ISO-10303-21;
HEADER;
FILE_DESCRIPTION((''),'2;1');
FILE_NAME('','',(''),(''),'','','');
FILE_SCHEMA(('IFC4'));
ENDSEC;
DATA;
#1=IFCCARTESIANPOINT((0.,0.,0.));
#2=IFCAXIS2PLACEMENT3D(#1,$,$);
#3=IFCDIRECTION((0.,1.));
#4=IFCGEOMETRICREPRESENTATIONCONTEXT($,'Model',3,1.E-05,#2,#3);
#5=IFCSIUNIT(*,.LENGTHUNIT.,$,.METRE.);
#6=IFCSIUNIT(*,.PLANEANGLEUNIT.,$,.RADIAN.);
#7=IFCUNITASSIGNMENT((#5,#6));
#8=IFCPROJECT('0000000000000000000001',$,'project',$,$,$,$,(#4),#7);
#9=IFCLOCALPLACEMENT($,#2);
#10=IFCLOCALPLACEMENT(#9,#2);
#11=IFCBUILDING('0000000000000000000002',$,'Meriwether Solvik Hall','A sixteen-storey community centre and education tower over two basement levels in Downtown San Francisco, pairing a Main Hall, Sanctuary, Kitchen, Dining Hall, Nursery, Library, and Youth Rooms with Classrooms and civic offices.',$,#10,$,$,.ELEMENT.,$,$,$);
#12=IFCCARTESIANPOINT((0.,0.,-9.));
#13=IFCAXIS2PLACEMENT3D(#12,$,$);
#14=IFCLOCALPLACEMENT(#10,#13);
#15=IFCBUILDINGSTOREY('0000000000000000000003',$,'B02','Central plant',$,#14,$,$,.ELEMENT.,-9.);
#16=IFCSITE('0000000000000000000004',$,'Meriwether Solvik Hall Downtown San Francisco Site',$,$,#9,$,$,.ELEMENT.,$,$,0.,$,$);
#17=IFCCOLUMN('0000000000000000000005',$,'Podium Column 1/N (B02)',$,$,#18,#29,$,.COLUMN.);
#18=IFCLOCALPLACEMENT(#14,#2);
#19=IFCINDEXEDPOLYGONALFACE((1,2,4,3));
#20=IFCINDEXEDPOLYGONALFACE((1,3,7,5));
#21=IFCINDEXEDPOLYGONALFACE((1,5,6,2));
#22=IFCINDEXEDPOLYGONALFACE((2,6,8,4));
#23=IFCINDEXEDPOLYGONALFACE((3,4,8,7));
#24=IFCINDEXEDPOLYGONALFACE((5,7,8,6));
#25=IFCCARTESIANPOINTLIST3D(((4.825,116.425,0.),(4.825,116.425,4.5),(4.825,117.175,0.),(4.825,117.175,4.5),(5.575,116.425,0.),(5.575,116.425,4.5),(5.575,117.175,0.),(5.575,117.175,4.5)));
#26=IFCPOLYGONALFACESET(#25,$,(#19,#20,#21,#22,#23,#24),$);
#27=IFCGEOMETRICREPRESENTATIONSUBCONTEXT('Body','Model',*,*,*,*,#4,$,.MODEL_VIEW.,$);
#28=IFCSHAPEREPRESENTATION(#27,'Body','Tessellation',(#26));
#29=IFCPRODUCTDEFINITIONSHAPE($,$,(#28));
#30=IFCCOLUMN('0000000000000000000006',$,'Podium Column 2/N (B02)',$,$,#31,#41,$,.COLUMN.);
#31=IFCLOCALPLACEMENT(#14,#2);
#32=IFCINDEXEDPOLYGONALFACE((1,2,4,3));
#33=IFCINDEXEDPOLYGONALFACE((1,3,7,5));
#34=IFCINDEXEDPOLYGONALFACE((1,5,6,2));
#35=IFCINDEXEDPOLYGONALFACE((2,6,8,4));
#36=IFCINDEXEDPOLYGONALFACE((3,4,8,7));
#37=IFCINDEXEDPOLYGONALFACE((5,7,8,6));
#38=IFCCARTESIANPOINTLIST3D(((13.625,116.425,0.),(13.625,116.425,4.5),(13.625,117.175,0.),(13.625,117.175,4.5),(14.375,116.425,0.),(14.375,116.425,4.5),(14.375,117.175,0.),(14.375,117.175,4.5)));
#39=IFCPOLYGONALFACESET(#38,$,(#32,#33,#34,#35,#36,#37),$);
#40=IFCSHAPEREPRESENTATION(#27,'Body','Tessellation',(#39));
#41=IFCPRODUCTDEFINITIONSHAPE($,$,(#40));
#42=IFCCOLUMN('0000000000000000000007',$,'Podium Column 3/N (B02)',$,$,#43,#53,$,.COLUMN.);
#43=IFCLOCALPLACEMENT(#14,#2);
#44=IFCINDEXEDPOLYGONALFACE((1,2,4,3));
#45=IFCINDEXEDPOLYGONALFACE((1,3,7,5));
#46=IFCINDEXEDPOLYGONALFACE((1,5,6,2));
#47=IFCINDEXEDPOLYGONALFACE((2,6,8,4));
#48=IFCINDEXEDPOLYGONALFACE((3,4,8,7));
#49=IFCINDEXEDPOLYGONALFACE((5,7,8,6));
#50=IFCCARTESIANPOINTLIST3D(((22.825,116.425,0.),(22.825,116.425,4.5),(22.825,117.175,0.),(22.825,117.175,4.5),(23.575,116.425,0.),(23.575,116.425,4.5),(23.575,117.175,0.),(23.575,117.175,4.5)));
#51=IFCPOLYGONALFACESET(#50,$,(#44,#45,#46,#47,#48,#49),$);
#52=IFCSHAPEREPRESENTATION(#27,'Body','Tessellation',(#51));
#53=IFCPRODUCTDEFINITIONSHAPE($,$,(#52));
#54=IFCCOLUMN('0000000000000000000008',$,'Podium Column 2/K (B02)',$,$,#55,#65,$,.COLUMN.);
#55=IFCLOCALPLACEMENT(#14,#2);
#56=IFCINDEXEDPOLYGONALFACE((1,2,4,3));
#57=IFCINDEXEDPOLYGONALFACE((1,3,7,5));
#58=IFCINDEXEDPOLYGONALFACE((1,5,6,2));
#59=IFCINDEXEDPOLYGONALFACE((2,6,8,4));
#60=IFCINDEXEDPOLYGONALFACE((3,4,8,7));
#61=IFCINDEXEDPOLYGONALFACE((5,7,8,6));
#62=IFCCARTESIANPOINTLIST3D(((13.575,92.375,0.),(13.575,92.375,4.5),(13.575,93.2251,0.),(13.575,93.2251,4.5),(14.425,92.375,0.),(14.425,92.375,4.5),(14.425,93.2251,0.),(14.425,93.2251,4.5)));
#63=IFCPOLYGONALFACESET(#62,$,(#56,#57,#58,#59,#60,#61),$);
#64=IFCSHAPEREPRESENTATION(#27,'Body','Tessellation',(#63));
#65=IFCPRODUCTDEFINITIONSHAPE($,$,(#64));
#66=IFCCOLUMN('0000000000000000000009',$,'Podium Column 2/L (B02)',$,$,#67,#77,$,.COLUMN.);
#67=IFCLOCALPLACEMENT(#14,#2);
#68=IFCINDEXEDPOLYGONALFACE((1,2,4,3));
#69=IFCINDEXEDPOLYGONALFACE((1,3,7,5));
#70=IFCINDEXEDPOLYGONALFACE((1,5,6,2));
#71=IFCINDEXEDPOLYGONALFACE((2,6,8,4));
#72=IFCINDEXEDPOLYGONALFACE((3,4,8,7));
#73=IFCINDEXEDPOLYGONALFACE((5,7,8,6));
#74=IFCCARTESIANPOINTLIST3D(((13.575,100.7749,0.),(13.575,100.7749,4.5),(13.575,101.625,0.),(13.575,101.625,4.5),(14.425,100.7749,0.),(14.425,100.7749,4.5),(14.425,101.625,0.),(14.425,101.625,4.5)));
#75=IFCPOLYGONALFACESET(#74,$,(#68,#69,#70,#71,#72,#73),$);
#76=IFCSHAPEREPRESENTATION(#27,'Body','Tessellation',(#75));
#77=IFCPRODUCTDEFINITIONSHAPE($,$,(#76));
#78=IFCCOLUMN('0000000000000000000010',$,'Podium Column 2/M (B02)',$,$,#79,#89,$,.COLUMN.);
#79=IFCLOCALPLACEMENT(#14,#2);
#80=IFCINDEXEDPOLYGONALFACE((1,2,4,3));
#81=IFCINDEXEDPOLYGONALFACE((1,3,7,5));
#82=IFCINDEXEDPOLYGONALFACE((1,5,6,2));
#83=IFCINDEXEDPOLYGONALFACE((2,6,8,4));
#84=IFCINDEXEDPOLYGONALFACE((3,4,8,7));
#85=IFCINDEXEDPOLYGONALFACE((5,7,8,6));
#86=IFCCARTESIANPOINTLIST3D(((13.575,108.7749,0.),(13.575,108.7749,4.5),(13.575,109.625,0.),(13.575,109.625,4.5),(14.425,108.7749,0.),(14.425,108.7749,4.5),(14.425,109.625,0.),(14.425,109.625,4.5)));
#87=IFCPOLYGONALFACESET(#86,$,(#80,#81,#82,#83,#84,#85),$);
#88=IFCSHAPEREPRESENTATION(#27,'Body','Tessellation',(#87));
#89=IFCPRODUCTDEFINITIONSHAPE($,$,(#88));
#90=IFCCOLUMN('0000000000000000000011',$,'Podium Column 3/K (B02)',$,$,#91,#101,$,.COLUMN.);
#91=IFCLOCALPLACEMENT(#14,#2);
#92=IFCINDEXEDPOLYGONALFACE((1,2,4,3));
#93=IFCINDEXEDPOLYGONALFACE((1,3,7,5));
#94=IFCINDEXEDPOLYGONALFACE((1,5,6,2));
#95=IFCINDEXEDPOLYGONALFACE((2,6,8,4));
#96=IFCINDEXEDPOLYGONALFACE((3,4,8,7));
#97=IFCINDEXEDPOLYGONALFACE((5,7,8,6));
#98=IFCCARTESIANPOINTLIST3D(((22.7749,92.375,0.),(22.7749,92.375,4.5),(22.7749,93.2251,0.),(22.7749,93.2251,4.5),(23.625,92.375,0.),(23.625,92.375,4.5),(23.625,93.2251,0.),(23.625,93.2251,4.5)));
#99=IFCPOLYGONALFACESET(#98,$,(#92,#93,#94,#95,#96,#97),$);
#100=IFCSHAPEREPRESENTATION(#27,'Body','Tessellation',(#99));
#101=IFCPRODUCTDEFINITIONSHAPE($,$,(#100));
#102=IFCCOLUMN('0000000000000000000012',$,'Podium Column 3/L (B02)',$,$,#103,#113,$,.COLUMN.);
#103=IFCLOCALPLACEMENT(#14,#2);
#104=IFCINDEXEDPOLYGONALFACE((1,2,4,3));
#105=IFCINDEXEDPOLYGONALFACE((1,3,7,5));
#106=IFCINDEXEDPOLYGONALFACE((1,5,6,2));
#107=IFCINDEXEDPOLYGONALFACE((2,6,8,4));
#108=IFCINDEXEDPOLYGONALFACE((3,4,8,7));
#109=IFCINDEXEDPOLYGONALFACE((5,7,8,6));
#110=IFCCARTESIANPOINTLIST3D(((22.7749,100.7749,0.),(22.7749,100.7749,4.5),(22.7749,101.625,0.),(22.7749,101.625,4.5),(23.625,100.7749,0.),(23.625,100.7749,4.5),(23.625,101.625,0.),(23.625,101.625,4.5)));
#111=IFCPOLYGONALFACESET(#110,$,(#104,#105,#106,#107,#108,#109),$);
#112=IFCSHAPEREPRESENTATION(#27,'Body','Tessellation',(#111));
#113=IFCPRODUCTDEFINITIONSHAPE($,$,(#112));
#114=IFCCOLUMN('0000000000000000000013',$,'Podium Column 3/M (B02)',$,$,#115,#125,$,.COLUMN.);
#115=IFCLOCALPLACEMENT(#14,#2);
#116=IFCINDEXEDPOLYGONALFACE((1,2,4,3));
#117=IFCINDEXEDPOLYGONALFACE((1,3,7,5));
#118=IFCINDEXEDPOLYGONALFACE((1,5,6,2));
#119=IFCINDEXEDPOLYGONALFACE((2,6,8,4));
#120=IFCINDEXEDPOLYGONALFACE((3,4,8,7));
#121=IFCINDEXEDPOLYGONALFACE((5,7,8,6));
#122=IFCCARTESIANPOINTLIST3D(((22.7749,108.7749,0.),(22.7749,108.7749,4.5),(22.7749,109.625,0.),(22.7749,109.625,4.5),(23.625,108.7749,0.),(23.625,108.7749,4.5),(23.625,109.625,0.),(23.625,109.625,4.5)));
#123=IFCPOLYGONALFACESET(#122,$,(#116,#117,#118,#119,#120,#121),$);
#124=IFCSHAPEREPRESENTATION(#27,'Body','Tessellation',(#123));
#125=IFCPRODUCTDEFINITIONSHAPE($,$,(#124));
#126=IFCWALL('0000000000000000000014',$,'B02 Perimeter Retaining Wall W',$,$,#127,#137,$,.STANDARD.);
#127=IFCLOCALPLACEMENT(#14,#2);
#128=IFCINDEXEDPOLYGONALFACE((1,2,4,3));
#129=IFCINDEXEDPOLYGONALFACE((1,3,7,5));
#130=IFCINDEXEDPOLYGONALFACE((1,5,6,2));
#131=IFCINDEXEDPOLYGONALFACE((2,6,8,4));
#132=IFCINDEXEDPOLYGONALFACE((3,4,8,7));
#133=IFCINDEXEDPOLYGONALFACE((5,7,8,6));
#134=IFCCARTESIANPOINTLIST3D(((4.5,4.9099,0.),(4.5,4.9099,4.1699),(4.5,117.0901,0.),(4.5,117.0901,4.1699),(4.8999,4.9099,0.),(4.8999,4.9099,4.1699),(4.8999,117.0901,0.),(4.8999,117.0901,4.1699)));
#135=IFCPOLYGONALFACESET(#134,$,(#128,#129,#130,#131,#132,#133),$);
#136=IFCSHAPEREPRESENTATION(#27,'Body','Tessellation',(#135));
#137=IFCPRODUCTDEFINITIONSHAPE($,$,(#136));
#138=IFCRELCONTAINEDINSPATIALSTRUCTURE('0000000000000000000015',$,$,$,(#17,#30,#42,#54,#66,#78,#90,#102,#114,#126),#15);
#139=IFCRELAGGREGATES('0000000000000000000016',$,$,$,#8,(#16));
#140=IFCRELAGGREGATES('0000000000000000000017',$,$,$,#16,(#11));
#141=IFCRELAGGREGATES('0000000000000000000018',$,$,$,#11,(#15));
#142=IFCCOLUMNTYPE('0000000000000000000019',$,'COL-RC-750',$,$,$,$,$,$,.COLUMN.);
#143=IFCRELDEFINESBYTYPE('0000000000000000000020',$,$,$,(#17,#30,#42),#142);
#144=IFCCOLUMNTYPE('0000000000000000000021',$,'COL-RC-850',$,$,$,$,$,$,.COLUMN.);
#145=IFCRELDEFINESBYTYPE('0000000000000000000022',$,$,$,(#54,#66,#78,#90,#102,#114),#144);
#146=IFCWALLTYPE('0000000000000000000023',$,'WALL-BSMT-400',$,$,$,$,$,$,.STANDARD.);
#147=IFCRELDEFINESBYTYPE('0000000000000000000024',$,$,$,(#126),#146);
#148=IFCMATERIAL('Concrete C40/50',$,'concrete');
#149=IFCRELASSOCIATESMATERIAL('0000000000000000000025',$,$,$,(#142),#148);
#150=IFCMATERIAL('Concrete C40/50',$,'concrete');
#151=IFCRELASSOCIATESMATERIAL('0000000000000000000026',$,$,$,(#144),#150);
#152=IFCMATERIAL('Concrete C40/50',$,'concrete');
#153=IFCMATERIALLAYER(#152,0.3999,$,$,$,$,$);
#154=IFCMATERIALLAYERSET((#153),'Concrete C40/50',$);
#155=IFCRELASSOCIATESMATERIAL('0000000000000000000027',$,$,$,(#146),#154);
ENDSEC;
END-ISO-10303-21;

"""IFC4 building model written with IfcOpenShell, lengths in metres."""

from ifc_helpers import new_model, si_unit, direction, frame, frame_2d, origin, origin_2d, place, context, subcontext, project, spatial, rectangle, extrude, material, layer, layer_set, material_profile, profile_set, type_object, element, save


model = new_model("IFC4")

# Units and contexts
model_context = context("Model", 3, precision=1e-05, world=origin(), true_north=direction((0.0, 1.0)))
body_context = subcontext(model_context, "Body", "Model", "MODEL_VIEW")
ifc_project = project(units=[si_unit("LENGTHUNIT", "METRE"), si_unit("PLANEANGLEUNIT", "RADIAN")], contexts=[model_context])

# Site, building, storey
site_placement = place(None, origin())
site = spatial("IfcSite", under=ifc_project, at=site_placement, Name="Meriwether Solvik Hall Downtown San Francisco Site", CompositionType="ELEMENT", RefElevation=0.0)
building_placement = place(site_placement, origin())
building = spatial("IfcBuilding", under=site, at=building_placement, Name="Meriwether Solvik Hall", Description="A sixteen-storey community centre and education tower over two basement levels in Downtown San Francisco, pairing a Main Hall, Sanctuary, Kitchen, Dining Hall, Nursery, Library, and Youth Rooms with Classrooms and civic offices.", CompositionType="ELEMENT")
storey_placement = place(building_placement, frame((0.0, 0.0, -9.0)))
storey = spatial("IfcBuildingStorey", under=building, at=storey_placement, Name="B02", Description="Central plant", CompositionType="ELEMENT", Elevation=-9.0)

# Columns
ifc_material_1 = material(Name="Concrete C40/50", Category="concrete")
ifc_material_profile_1 = material_profile(ifc_material_1, rectangle(XDim=0.75, YDim=0.75, at=origin_2d()), Name="RCC-750X750")
ifc_profile_set_1 = profile_set([ifc_material_profile_1], Name="Concrete C40/50")
column_type_1 = type_object("IfcColumnType", Name="COL-RC-750", PredefinedType="COLUMN", material=ifc_profile_set_1)
for number, where, z_axis, x_axis, name in (
    (1, (5.2, 116.8, 0.0), (0.0, 0.0, 1.0), (1.0, 0.0, 0.0), "Podium Column 1/N (B02)"),
    (2, (14.0, 116.8, 0.0), (0.0, 0.0, 1.0), (1.0, 0.0, 0.0), "Podium Column 2/N (B02)"),
    (3, (23.2, 116.8, 0.0), (0.0, 0.0, 1.0), (1.0, 0.0, 0.0), "Podium Column 3/N (B02)"),
):
    element("IfcColumn", number, at=place(storey_placement, frame(where, z_axis=z_axis, x_axis=x_axis)), inside=storey, type_object=column_type_1, Name=name, PredefinedType="COLUMN", context=body_context, shape_type="SweptSolid", body=[
        extrude(rectangle(XDim=0.75, YDim=0.75, at=origin_2d()), origin(), (0.0, 0.0, 1.0), 4.5),
    ])
ifc_material_2 = material(Name="Concrete C40/50", Category="concrete")
ifc_material_profile_2 = material_profile(ifc_material_2, rectangle(XDim=0.8501, YDim=0.8501, at=origin_2d()), Name="RCC-850X850")
ifc_profile_set_2 = profile_set([ifc_material_profile_2], Name="Concrete C40/50")
column_type_2 = type_object("IfcColumnType", Name="COL-RC-850", PredefinedType="COLUMN", material=ifc_profile_set_2)
for number, where, z_axis, x_axis, name in (
    (4, (14.0, 92.8, 0.0), (0.0, 0.0, 1.0), (1.0, 0.0, 0.0), "Podium Column 2/K (B02)"),
    (5, (14.0, 101.2, 0.0), (0.0, 0.0, 1.0), (1.0, 0.0, 0.0), "Podium Column 2/L (B02)"),
    (6, (14.0, 109.2, 0.0), (0.0, 0.0, 1.0), (1.0, 0.0, 0.0), "Podium Column 2/M (B02)"),
    (7, (23.2, 92.8, 0.0), (0.0, 0.0, 1.0), (1.0, 0.0, 0.0), "Podium Column 3/K (B02)"),
    (8, (23.2, 101.2, 0.0), (0.0, 0.0, 1.0), (1.0, 0.0, 0.0), "Podium Column 3/L (B02)"),
    (9, (23.2, 109.2, 0.0), (0.0, 0.0, 1.0), (1.0, 0.0, 0.0), "Podium Column 3/M (B02)"),
):
    element("IfcColumn", number, at=place(storey_placement, frame(where, z_axis=z_axis, x_axis=x_axis)), inside=storey, type_object=column_type_2, Name=name, PredefinedType="COLUMN", context=body_context, shape_type="SweptSolid", body=[
        extrude(rectangle(XDim=0.8501, YDim=0.8501, at=origin_2d()), origin(), (0.0, 0.0, 1.0), 4.5),
    ])

# Wall
ifc_material_3 = material(Name="Concrete C40/50", Category="concrete")
ifc_layer_1 = layer(ifc_material_3, 0.3999)
ifc_layer_set_1 = layer_set([ifc_layer_1], Name="Concrete C40/50")
wall_type = type_object("IfcWallType", Name="WALL-BSMT-400", PredefinedType="STANDARD", material=ifc_layer_set_1)
wall_placement = place(storey_placement, frame((4.7, 117.0901, 0.0), z_axis=(0.0, 0.0, 1.0), x_axis=(0.0, -1.0, 0.0)))
element("IfcWall", 10, at=wall_placement, inside=storey, type_object=wall_type, Name="B02 Perimeter Retaining Wall W", PredefinedType="STANDARD", context=body_context, shape_type="SweptSolid", body=[
    extrude(rectangle(XDim=112.1802, YDim=0.3999, at=frame_2d((56.0901, 0.0))), origin(), (0.0, 0.0, 1.0), 4.1699),
])

save(model, "model.ifc")
